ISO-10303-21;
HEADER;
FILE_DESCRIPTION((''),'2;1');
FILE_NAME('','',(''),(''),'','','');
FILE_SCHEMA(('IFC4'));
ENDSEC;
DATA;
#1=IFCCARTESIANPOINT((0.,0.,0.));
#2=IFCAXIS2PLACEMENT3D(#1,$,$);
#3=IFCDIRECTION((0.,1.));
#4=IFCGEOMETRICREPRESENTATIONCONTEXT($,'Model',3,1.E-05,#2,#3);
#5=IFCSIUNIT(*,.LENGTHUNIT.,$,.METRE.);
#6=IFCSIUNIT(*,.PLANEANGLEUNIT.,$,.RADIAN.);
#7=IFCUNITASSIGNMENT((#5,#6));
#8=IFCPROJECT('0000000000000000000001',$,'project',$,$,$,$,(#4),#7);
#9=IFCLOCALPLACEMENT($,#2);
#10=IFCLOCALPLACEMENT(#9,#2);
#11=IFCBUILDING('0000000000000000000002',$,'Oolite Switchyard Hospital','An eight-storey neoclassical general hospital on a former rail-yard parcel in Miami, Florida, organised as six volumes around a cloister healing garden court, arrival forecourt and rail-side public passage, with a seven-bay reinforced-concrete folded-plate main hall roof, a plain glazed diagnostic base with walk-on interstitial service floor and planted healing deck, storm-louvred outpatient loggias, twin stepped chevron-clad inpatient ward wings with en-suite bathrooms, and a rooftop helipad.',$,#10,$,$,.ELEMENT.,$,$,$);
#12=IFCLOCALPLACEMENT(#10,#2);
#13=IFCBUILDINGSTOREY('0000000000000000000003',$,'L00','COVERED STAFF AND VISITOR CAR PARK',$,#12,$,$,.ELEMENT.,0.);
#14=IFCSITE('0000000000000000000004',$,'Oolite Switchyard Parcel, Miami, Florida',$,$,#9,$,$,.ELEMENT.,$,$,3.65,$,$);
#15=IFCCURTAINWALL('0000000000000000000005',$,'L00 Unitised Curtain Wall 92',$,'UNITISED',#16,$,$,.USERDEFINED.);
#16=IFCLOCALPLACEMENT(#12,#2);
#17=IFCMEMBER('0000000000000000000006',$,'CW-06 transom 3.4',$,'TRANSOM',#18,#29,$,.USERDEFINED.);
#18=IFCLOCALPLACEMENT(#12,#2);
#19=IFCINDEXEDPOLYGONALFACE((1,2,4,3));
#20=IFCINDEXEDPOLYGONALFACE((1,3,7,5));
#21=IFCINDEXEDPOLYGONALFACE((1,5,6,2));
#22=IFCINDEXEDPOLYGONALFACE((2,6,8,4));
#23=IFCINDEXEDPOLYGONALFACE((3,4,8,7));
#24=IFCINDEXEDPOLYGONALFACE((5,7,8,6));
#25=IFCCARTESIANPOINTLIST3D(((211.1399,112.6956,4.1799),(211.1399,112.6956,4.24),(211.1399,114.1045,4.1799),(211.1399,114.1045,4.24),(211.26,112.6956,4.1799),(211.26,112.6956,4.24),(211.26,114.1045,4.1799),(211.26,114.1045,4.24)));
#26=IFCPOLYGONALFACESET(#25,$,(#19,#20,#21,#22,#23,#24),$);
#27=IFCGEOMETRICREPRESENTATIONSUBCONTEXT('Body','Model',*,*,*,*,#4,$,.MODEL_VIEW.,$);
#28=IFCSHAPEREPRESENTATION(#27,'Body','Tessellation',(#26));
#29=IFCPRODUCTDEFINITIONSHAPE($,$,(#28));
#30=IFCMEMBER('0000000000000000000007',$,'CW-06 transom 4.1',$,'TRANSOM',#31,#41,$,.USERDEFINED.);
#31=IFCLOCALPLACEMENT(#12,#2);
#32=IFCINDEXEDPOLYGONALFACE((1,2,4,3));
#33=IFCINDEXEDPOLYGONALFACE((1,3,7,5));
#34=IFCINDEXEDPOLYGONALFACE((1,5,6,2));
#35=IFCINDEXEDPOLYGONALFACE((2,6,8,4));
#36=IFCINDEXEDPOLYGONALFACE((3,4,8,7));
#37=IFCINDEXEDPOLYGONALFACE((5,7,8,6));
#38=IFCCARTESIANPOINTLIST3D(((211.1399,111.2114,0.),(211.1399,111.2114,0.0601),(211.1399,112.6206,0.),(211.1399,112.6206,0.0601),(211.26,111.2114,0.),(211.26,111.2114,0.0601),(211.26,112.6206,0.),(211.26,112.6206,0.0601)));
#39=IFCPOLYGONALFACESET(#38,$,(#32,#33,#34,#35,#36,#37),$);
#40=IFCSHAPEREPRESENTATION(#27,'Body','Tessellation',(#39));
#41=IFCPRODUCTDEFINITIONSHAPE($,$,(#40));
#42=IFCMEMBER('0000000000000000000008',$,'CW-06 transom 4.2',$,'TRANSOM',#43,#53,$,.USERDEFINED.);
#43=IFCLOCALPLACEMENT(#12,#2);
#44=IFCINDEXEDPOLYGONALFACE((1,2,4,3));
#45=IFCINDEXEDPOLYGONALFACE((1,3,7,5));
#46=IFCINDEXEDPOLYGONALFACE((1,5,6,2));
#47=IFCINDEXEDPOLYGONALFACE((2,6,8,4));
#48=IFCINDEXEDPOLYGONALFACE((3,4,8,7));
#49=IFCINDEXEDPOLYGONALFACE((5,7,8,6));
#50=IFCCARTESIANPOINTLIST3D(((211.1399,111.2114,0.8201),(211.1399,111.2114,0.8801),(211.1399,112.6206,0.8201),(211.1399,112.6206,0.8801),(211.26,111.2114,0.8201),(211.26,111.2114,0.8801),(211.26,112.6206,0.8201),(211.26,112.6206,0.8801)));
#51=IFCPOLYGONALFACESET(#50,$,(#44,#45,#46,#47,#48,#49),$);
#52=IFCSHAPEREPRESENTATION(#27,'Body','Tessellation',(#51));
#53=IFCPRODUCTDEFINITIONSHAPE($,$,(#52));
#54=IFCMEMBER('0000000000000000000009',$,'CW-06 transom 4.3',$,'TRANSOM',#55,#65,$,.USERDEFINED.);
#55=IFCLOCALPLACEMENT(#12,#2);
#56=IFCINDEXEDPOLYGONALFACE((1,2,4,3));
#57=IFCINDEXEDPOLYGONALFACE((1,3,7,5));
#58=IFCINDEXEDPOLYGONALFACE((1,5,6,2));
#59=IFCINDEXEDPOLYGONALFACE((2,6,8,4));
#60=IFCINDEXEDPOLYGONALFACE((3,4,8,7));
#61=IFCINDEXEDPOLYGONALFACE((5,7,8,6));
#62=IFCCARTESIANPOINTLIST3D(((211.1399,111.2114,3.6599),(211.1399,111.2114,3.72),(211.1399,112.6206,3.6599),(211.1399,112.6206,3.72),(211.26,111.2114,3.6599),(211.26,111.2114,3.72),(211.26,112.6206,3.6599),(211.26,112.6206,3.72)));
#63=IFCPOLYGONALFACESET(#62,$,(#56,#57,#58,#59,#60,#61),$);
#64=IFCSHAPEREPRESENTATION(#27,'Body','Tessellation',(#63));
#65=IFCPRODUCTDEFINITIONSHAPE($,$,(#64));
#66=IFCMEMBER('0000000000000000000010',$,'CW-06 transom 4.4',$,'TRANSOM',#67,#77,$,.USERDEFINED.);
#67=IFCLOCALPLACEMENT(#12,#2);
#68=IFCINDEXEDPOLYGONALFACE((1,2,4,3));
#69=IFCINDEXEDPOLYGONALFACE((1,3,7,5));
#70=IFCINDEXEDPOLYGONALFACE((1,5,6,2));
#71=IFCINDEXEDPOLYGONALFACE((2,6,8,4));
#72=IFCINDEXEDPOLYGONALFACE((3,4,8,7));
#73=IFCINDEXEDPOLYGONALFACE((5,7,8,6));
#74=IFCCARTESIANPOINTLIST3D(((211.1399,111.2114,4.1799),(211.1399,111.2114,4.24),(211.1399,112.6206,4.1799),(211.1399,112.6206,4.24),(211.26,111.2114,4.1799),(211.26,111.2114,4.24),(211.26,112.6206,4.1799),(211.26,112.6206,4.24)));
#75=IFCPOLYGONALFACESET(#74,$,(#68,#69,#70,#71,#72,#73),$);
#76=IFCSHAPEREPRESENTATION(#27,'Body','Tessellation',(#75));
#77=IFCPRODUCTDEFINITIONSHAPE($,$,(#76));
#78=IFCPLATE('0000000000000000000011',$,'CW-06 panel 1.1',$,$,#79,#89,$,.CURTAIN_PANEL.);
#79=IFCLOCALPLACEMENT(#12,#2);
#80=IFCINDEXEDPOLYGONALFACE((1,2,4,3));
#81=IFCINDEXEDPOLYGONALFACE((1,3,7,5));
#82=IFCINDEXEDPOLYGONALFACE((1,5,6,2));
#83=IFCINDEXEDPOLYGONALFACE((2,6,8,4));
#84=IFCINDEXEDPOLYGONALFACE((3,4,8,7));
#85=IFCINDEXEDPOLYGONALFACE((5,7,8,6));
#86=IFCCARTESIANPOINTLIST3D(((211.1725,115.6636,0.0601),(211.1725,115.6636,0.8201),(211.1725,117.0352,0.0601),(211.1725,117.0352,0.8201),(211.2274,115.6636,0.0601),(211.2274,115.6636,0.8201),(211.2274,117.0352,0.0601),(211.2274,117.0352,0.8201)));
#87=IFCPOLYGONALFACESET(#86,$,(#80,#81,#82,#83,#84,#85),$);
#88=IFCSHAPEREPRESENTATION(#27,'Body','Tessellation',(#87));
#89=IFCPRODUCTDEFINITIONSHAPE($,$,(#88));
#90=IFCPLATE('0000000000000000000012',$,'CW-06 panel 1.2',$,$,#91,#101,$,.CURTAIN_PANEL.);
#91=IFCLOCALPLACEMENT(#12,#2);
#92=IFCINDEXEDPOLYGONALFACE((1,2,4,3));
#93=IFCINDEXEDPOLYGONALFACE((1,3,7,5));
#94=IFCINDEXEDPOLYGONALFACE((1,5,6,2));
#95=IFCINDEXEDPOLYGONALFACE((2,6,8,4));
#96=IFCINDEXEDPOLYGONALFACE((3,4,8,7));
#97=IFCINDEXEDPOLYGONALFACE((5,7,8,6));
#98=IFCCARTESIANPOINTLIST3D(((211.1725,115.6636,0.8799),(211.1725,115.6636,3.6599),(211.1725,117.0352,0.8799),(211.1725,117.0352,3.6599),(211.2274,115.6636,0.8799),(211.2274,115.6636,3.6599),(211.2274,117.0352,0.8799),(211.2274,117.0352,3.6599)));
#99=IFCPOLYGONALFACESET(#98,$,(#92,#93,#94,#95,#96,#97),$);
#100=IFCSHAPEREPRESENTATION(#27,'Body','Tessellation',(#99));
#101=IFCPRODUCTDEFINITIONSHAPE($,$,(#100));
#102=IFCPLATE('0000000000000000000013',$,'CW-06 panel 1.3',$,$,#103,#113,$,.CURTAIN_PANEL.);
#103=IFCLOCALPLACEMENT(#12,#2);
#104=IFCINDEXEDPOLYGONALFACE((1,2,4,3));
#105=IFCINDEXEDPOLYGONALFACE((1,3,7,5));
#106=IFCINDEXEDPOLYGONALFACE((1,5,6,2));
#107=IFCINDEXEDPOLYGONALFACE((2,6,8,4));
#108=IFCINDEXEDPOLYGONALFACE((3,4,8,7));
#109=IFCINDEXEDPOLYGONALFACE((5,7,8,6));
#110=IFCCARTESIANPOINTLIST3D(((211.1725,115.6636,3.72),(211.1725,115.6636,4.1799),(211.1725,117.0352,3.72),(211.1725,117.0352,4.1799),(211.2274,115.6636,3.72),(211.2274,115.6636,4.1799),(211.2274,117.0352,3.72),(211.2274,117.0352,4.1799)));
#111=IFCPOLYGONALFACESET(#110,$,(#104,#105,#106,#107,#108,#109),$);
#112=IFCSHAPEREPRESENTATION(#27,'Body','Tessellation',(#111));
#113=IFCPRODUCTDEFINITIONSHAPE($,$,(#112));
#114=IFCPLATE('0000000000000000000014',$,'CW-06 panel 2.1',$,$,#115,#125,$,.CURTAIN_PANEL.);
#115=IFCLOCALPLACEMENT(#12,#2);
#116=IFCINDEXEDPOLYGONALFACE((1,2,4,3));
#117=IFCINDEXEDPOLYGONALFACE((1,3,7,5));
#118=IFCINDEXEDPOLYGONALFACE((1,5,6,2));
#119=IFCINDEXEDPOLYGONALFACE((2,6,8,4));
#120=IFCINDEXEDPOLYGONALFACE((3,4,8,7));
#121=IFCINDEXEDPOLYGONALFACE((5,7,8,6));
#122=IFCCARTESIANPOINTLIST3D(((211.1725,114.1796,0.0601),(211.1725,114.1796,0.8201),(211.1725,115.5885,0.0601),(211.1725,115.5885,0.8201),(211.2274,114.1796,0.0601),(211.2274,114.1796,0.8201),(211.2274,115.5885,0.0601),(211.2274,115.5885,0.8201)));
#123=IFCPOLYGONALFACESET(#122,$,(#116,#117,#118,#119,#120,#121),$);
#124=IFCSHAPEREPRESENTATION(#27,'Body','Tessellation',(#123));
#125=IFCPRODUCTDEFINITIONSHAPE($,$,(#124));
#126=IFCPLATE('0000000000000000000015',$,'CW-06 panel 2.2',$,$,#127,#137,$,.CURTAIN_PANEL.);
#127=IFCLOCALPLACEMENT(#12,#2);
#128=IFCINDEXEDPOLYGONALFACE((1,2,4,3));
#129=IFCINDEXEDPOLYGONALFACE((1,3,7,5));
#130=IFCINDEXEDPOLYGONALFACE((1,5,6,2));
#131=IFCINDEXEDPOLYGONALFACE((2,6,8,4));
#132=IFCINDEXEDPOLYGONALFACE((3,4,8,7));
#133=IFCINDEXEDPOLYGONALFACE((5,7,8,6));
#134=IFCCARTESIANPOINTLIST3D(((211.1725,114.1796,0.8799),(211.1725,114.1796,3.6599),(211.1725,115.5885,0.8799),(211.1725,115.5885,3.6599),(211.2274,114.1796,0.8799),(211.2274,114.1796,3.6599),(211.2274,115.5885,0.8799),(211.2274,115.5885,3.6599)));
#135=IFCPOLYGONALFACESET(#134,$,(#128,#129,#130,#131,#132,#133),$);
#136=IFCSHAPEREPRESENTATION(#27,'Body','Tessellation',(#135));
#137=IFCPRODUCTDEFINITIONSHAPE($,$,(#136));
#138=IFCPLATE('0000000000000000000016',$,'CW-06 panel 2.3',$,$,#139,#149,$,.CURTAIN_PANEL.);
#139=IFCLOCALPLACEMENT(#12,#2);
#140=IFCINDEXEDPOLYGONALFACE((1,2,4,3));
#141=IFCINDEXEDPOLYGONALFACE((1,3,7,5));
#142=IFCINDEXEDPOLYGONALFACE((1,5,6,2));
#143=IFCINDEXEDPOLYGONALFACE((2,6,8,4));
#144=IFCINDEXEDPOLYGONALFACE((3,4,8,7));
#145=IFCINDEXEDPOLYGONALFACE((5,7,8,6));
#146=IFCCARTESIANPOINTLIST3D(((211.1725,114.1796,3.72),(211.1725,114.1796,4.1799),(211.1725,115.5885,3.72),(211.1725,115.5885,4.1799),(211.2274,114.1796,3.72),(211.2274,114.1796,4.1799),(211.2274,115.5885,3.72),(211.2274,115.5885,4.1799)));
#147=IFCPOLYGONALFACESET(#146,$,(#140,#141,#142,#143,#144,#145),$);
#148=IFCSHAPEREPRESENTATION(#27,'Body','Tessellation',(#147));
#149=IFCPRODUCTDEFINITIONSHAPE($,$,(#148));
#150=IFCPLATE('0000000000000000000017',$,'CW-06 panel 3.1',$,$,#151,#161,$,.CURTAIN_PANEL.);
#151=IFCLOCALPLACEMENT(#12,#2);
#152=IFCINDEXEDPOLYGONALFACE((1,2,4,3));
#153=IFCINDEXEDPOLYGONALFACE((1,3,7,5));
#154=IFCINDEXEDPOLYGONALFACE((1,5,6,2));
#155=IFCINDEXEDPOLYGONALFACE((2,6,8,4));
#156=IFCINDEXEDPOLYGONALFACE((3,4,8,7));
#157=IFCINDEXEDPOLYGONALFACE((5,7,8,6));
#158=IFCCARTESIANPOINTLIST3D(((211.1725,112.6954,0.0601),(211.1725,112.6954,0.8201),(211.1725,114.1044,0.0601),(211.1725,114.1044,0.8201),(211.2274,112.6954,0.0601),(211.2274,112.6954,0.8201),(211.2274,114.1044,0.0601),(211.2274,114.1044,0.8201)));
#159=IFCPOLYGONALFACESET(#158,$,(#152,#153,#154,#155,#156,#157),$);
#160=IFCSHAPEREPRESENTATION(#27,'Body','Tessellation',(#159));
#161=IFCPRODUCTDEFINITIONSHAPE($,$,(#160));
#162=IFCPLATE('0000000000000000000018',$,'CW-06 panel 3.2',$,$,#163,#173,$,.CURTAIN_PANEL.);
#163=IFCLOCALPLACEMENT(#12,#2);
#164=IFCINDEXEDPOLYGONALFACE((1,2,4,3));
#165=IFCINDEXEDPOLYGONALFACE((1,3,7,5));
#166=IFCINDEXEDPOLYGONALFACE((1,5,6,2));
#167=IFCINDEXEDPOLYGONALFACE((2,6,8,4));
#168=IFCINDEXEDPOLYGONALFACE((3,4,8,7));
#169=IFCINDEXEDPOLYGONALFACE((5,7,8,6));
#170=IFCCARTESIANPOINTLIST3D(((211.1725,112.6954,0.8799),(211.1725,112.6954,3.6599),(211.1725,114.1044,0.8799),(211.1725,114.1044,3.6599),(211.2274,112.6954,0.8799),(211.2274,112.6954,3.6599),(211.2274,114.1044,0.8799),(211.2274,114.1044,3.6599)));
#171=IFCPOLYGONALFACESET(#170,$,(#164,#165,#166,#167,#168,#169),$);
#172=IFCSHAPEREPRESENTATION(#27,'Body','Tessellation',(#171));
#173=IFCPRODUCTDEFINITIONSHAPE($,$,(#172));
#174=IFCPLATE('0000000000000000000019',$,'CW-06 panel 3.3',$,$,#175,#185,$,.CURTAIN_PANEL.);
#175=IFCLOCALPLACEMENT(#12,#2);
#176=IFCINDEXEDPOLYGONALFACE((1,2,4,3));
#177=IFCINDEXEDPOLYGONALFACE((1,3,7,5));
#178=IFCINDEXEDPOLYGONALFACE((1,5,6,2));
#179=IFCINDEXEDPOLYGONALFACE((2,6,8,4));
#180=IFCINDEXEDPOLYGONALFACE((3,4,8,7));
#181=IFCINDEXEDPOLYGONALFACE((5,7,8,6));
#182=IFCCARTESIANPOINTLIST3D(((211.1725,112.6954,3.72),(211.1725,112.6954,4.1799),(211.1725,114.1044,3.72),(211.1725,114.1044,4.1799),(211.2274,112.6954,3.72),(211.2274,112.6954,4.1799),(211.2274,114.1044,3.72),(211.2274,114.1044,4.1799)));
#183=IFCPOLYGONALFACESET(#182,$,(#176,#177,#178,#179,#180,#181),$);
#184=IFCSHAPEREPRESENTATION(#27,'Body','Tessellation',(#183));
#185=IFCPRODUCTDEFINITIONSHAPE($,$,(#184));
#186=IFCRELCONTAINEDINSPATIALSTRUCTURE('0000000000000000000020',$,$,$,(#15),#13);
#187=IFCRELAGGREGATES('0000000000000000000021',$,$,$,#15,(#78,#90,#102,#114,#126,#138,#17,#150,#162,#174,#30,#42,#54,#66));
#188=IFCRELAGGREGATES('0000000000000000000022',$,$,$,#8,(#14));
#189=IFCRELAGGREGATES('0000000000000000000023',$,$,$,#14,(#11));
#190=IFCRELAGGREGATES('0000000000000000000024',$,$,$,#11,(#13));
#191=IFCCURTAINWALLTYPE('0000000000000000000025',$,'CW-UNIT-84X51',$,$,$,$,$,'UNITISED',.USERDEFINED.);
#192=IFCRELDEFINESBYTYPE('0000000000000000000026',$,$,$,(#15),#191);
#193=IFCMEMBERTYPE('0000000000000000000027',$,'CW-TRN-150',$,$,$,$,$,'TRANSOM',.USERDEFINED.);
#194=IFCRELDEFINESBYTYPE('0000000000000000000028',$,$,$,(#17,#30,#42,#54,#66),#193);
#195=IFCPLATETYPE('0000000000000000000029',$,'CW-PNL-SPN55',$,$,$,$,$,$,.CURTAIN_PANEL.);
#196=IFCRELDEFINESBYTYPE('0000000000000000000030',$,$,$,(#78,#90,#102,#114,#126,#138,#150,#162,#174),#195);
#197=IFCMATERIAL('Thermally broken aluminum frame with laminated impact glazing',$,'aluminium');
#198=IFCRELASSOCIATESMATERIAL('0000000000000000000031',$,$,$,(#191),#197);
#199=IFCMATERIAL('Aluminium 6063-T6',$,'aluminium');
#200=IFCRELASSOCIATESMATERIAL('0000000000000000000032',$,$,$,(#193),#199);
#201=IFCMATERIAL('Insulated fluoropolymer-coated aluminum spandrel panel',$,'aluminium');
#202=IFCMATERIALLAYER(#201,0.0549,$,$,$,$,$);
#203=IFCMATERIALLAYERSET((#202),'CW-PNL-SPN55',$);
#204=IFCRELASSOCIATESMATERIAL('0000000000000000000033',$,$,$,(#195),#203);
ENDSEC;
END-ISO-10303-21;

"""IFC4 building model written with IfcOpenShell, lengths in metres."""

from ifc_helpers import new_model, si_unit, direction, frame, origin, origin_2d, place, context, subcontext, project, spatial, rectangle, extrude, material, layer, layer_set, material_profile, profile_set, type_object, element, aggregate, save


model = new_model("IFC4")

# Units and contexts
model_context = context("Model", 3, precision=1e-05, world=origin(), true_north=direction((0.0, 1.0)))
body_context = subcontext(model_context, "Body", "Model", "MODEL_VIEW")
ifc_project = project(units=[si_unit("LENGTHUNIT", "METRE"), si_unit("PLANEANGLEUNIT", "RADIAN")], contexts=[model_context])

# Site, building, storey
site_placement = place(None, origin())
site = spatial("IfcSite", under=ifc_project, at=site_placement, Name="Oolite Switchyard Parcel, Miami, Florida", CompositionType="ELEMENT", RefElevation=3.65)
building_placement = place(site_placement, origin())
building = spatial("IfcBuilding", under=site, at=building_placement, Name="Oolite Switchyard Hospital", Description="An eight-storey neoclassical general hospital on a former rail-yard parcel in Miami, Florida, organised as six volumes around a cloister healing garden court, arrival forecourt and rail-side public passage, with a seven-bay reinforced-concrete folded-plate main hall roof, a plain glazed diagnostic base with walk-on interstitial service floor and planted healing deck, storm-louvred outpatient loggias, twin stepped chevron-clad inpatient ward wings with en-suite bathrooms, and a rooftop helipad.", CompositionType="ELEMENT")
storey_placement = place(building_placement, origin())
storey = spatial("IfcBuildingStorey", under=building, at=storey_placement, Name="L00", Description="COVERED STAFF AND VISITOR CAR PARK", CompositionType="ELEMENT", Elevation=0.0)

# Curtain wall, members, plates
ifc_material_1 = material(Name="Thermally broken aluminum frame with laminated impact glazing", Category="aluminium")
curtain_wall_type = type_object("IfcCurtainWallType", Name="CW-UNIT-84X51", ElementType="UNITISED", PredefinedType="USERDEFINED", material=ifc_material_1)
curtain_wall_placement = place(storey_placement, origin())
curtain_wall = element("IfcCurtainWall", 1, at=curtain_wall_placement, inside=storey, type_object=curtain_wall_type, Name="L00 Unitised Curtain Wall 92", ObjectType="UNITISED", PredefinedType="USERDEFINED")
ifc_material_2 = material(Name="Aluminium 6063-T6", Category="aluminium")
ifc_material_profile_1 = material_profile(ifc_material_2, rectangle(XDim=0.1201, YDim=0.0601, at=origin_2d()), Name="CWT60X120")
ifc_profile_set_1 = profile_set([ifc_material_profile_1], Name="Aluminium 6063-T6")
member_type_1 = type_object("IfcMemberType", Name="CW-TRN-150", ElementType="TRANSOM", PredefinedType="USERDEFINED", material=ifc_profile_set_1)
member_1_placement = place(storey_placement, frame((211.2, 114.1045, 4.21), z_axis=(0.0, -1.0, 0.0), x_axis=(1.0, 0.0, 0.0)))
member_1 = element("IfcMember", 2, at=member_1_placement, type_object=member_type_1, Name="CW-06 transom 3.4", ObjectType="TRANSOM", PredefinedType="USERDEFINED", context=body_context, shape_type="SweptSolid", body=[
    extrude(rectangle(XDim=0.1201, YDim=0.0601, at=origin_2d()), origin(), (0.0, 0.0, 1.0), 1.4089),
])
member_2_placement = place(storey_placement, frame((211.2, 112.6206, 0.03), z_axis=(0.0, -1.0, 0.0), x_axis=(1.0, 0.0, 0.0)))
member_2 = element("IfcMember", 3, at=member_2_placement, type_object=member_type_1, Name="CW-06 transom 4.1", ObjectType="TRANSOM", PredefinedType="USERDEFINED", context=body_context, shape_type="SweptSolid", body=[
    extrude(rectangle(XDim=0.1201, YDim=0.0601, at=origin_2d()), origin(), (0.0, 0.0, 1.0), 1.4092),
])
member_3_placement = place(storey_placement, frame((211.2, 112.6206, 0.8501), z_axis=(0.0, -1.0, 0.0), x_axis=(1.0, 0.0, 0.0)))
member_3 = element("IfcMember", 4, at=member_3_placement, type_object=member_type_1, Name="CW-06 transom 4.2", ObjectType="TRANSOM", PredefinedType="USERDEFINED", context=body_context, shape_type="SweptSolid", body=[
    extrude(rectangle(XDim=0.1201, YDim=0.0601, at=origin_2d()), origin(), (0.0, 0.0, 1.0), 1.4092),
])
member_4_placement = place(storey_placement, frame((211.2, 112.6206, 3.6899), z_axis=(0.0, -1.0, 0.0), x_axis=(1.0, 0.0, 0.0)))
member_4 = element("IfcMember", 5, at=member_4_placement, type_object=member_type_1, Name="CW-06 transom 4.3", ObjectType="TRANSOM", PredefinedType="USERDEFINED", context=body_context, shape_type="SweptSolid", body=[
    extrude(rectangle(XDim=0.1201, YDim=0.0601, at=origin_2d()), origin(), (0.0, 0.0, 1.0), 1.4092),
])
member_5_placement = place(storey_placement, frame((211.2, 112.6206, 4.21), z_axis=(0.0, -1.0, 0.0), x_axis=(1.0, 0.0, 0.0)))
member_5 = element("IfcMember", 6, at=member_5_placement, type_object=member_type_1, Name="CW-06 transom 4.4", ObjectType="TRANSOM", PredefinedType="USERDEFINED", context=body_context, shape_type="SweptSolid", body=[
    extrude(rectangle(XDim=0.1201, YDim=0.0601, at=origin_2d()), origin(), (0.0, 0.0, 1.0), 1.4092),
])
ifc_material_3 = material(Name="Insulated fluoropolymer-coated aluminum spandrel panel", Category="aluminium")
ifc_layer = layer(ifc_material_3, 0.0549)
ifc_layer_set = layer_set([ifc_layer], Name="CW-PNL-SPN55")
plate_type = type_object("IfcPlateType", Name="CW-PNL-SPN55", PredefinedType="CURTAIN_PANEL", material=ifc_layer_set)
plate_1_placement = place(storey_placement, frame((211.2, 116.3494, 0.0601), z_axis=(0.0, 0.0, 1.0), x_axis=(0.0, -1.0, 0.0)))
plate_1 = element("IfcPlate", 7, at=plate_1_placement, type_object=plate_type, Name="CW-06 panel 1.1", PredefinedType="CURTAIN_PANEL", context=body_context, shape_type="SweptSolid", body=[
    extrude(rectangle(XDim=1.3716, YDim=0.0549, at=origin_2d()), origin(), (0.0, 0.0, 1.0), 0.76),
])
plate_2_placement = place(storey_placement, frame((211.2, 116.3494, 0.8799), z_axis=(0.0, 0.0, 1.0), x_axis=(0.0, -1.0, 0.0)))
plate_2 = element("IfcPlate", 8, at=plate_2_placement, type_object=plate_type, Name="CW-06 panel 1.2", PredefinedType="CURTAIN_PANEL", context=body_context, shape_type="SweptSolid", body=[
    extrude(rectangle(XDim=1.3716, YDim=0.0549, at=origin_2d()), origin(), (0.0, 0.0, 1.0), 2.78),
])
plate_3_placement = place(storey_placement, frame((211.2, 116.3494, 3.72), z_axis=(0.0, 0.0, 1.0), x_axis=(0.0, -1.0, 0.0)))
plate_3 = element("IfcPlate", 9, at=plate_3_placement, type_object=plate_type, Name="CW-06 panel 1.3", PredefinedType="CURTAIN_PANEL", context=body_context, shape_type="SweptSolid", body=[
    extrude(rectangle(XDim=1.3716, YDim=0.0549, at=origin_2d()), origin(), (0.0, 0.0, 1.0), 0.46),
])
plate_4_placement = place(storey_placement, frame((211.2, 114.884, 0.0601), z_axis=(0.0, 0.0, 1.0), x_axis=(0.0, -1.0, 0.0)))
plate_4 = element("IfcPlate", 10, at=plate_4_placement, type_object=plate_type, Name="CW-06 panel 2.1", PredefinedType="CURTAIN_PANEL", context=body_context, shape_type="SweptSolid", body=[
    extrude(rectangle(XDim=1.4089, YDim=0.0549, at=origin_2d()), origin(), (0.0, 0.0, 1.0), 0.76),
])
plate_5_placement = place(storey_placement, frame((211.2, 114.884, 0.8799), z_axis=(0.0, 0.0, 1.0), x_axis=(0.0, -1.0, 0.0)))
plate_5 = element("IfcPlate", 11, at=plate_5_placement, type_object=plate_type, Name="CW-06 panel 2.2", PredefinedType="CURTAIN_PANEL", context=body_context, shape_type="SweptSolid", body=[
    extrude(rectangle(XDim=1.4089, YDim=0.0549, at=origin_2d()), origin(), (0.0, 0.0, 1.0), 2.78),
])
plate_6_placement = place(storey_placement, frame((211.2, 114.884, 3.72), z_axis=(0.0, 0.0, 1.0), x_axis=(0.0, -1.0, 0.0)))
plate_6 = element("IfcPlate", 12, at=plate_6_placement, type_object=plate_type, Name="CW-06 panel 2.3", PredefinedType="CURTAIN_PANEL", context=body_context, shape_type="SweptSolid", body=[
    extrude(rectangle(XDim=1.4089, YDim=0.0549, at=origin_2d()), origin(), (0.0, 0.0, 1.0), 0.46),
])
plate_7_placement = place(storey_placement, frame((211.2, 113.3999, 0.0601), z_axis=(0.0, 0.0, 1.0), x_axis=(0.0, -1.0, 0.0)))
plate_7 = element("IfcPlate", 13, at=plate_7_placement, type_object=plate_type, Name="CW-06 panel 3.1", PredefinedType="CURTAIN_PANEL", context=body_context, shape_type="SweptSolid", body=[
    extrude(rectangle(XDim=1.4089, YDim=0.0549, at=origin_2d()), origin(), (0.0, 0.0, 1.0), 0.76),
])
plate_8_placement = place(storey_placement, frame((211.2, 113.3999, 0.8799), z_axis=(0.0, 0.0, 1.0), x_axis=(0.0, -1.0, 0.0)))
plate_8 = element("IfcPlate", 14, at=plate_8_placement, type_object=plate_type, Name="CW-06 panel 3.2", PredefinedType="CURTAIN_PANEL", context=body_context, shape_type="SweptSolid", body=[
    extrude(rectangle(XDim=1.4089, YDim=0.0549, at=origin_2d()), origin(), (0.0, 0.0, 1.0), 2.78),
])
plate_9_placement = place(storey_placement, frame((211.2, 113.3999, 3.72), z_axis=(0.0, 0.0, 1.0), x_axis=(0.0, -1.0, 0.0)))
plate_9 = element("IfcPlate", 15, at=plate_9_placement, type_object=plate_type, Name="CW-06 panel 3.3", PredefinedType="CURTAIN_PANEL", context=body_context, shape_type="SweptSolid", body=[
    extrude(rectangle(XDim=1.4089, YDim=0.0549, at=origin_2d()), origin(), (0.0, 0.0, 1.0), 0.46),
])
aggregate(curtain_wall, [plate_1, plate_2, plate_3, plate_4, plate_5, plate_6, member_1, plate_7, plate_8, plate_9, member_2, member_3, member_4, member_5])

save(model, "model.ifc")
